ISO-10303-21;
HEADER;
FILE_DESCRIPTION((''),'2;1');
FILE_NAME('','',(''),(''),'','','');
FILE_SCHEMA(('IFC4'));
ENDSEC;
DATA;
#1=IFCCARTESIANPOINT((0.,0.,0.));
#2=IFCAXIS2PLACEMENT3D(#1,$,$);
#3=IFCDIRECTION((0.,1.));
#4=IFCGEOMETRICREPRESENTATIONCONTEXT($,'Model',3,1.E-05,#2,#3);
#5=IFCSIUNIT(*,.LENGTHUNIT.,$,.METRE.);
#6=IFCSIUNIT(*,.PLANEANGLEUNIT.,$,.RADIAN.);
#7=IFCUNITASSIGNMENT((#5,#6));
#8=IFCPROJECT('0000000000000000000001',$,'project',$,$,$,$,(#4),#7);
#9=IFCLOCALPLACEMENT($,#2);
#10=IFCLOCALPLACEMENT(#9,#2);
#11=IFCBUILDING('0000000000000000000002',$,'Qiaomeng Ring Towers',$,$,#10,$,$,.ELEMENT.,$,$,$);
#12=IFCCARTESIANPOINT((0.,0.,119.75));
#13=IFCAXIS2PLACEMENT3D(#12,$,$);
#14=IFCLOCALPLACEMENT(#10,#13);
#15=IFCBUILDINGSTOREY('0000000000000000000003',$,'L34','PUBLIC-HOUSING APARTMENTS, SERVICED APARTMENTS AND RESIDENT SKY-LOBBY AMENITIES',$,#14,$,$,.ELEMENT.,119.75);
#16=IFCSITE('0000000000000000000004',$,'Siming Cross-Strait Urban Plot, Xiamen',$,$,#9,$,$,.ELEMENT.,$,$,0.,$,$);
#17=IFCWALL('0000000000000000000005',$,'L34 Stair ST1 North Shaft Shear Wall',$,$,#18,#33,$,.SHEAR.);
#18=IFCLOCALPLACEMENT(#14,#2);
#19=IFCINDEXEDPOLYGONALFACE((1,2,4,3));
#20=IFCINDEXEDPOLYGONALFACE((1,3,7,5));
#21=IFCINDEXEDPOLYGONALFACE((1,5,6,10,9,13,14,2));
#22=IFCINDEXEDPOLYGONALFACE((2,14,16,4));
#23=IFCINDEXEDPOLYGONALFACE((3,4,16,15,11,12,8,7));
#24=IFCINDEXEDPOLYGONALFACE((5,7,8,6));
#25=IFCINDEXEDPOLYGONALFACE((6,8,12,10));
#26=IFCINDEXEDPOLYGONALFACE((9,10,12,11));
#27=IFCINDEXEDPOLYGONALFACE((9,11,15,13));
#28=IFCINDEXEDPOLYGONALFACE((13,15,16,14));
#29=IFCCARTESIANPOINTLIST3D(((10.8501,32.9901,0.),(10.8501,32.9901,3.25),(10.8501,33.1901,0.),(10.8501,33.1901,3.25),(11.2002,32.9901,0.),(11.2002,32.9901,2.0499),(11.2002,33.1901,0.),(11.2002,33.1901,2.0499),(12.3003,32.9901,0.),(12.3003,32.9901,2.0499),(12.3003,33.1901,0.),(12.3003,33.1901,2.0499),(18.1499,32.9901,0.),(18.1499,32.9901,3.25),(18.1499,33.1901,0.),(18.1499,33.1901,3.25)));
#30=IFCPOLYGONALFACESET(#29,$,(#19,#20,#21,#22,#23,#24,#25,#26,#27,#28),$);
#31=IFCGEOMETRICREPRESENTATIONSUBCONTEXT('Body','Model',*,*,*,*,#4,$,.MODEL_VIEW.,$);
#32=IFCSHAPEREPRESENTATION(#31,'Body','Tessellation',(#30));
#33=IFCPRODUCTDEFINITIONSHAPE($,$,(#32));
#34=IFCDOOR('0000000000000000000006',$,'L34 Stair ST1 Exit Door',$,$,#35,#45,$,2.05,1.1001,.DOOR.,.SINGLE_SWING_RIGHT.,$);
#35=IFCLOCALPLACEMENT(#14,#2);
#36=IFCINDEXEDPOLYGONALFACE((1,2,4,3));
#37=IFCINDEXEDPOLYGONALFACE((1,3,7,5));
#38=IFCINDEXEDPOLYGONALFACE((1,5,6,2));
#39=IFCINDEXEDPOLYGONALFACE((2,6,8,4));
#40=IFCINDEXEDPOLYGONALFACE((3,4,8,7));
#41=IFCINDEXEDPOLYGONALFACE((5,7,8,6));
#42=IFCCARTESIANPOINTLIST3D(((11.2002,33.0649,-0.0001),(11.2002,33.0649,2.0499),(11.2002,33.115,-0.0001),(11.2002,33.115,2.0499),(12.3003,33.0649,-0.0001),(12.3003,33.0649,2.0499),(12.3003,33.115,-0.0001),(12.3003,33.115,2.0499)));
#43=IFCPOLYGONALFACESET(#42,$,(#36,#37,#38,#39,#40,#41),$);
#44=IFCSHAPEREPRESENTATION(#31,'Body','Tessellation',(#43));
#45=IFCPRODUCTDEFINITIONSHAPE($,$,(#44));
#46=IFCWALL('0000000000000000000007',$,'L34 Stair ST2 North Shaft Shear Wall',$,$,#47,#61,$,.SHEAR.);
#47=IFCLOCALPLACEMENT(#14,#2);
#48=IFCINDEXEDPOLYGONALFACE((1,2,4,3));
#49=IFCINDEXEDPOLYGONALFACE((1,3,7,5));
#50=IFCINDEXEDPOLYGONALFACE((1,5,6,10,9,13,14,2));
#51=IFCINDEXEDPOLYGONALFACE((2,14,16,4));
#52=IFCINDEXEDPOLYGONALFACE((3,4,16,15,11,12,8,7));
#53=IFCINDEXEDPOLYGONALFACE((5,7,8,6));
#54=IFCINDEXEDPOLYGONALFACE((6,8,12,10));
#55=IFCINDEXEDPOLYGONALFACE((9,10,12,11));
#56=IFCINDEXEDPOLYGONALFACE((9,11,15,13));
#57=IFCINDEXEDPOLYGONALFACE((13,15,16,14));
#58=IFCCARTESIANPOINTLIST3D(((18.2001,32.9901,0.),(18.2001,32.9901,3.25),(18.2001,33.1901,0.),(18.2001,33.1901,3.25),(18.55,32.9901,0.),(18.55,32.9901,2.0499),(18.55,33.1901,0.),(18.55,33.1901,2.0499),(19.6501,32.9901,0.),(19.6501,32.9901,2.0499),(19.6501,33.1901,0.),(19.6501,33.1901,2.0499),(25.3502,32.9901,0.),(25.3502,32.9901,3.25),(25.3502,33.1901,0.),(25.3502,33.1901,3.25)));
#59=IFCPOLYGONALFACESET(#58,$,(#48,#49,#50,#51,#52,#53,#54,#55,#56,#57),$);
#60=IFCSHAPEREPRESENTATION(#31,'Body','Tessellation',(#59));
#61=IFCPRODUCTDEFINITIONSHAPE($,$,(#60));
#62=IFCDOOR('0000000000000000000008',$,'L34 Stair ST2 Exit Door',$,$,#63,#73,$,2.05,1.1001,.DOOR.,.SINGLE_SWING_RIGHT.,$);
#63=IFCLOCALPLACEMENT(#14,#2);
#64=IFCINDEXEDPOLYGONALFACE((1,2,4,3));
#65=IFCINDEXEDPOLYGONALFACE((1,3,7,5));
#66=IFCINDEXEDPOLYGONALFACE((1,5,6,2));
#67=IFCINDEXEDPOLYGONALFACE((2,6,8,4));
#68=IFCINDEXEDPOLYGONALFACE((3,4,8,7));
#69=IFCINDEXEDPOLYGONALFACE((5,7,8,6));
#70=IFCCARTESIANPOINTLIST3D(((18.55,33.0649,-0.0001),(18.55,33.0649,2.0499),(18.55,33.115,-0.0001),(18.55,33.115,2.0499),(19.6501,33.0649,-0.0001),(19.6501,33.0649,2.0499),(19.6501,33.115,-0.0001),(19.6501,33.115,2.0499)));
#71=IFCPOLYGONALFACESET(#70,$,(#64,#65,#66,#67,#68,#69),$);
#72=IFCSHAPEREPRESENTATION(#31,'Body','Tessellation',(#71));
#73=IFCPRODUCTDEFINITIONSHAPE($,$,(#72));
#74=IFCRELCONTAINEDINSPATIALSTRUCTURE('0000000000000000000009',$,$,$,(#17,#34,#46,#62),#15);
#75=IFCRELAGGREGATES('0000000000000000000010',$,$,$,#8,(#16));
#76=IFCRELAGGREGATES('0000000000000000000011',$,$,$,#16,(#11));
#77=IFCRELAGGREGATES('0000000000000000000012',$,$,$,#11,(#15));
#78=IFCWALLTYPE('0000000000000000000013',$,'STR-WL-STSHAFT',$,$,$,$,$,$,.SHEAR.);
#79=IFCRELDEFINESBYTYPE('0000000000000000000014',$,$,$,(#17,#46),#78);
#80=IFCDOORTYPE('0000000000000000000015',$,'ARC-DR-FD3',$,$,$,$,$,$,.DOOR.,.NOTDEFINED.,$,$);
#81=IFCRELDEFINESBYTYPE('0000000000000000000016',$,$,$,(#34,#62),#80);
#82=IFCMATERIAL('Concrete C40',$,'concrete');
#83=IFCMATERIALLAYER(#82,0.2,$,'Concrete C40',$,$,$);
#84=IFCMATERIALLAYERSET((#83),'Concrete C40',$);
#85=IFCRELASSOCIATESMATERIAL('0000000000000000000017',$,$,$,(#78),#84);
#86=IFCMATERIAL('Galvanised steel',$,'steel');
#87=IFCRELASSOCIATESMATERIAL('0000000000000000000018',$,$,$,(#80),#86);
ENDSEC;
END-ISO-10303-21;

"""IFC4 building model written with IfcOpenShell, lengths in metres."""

from ifc_helpers import new_model, si_unit, direction, frame, frame_2d, origin, place, context, subcontext, project, spatial, rectangle, extrude, source, transform, mapped, material, layer, layer_set, type_object, element, fill, save


model = new_model("IFC4")

# Units and contexts
model_context = context("Model", 3, precision=1e-05, world=origin(), true_north=direction((0.0, 1.0)))
body_context = subcontext(model_context, "Body", "Model", "MODEL_VIEW")
ifc_project = project(units=[si_unit("LENGTHUNIT", "METRE"), si_unit("PLANEANGLEUNIT", "RADIAN")], contexts=[model_context])

# Site, building, storey
site_placement = place(None, origin())
site = spatial("IfcSite", under=ifc_project, at=site_placement, Name="Siming Cross-Strait Urban Plot, Xiamen", CompositionType="ELEMENT", RefElevation=0.0)
building_placement = place(site_placement, origin())
building = spatial("IfcBuilding", under=site, at=building_placement, Name="Qiaomeng Ring Towers", CompositionType="ELEMENT")
storey_placement = place(building_placement, frame((0.0, 0.0, 119.75)))
storey = spatial("IfcBuildingStorey", under=building, at=storey_placement, Name="L34", Description="PUBLIC-HOUSING APARTMENTS, SERVICED APARTMENTS AND RESIDENT SKY-LOBBY AMENITIES", CompositionType="ELEMENT", Elevation=119.75)

# Shared definitions
ifc_material_1 = material(Name="Concrete C40", Category="concrete")
ifc_layer_1 = layer(ifc_material_1, 0.2, Name="Concrete C40")
ifc_layer_set_1 = layer_set([ifc_layer_1], Name="Concrete C40")
wall_type_1 = type_object("IfcWallType", Name="STR-WL-STSHAFT", PredefinedType="SHEAR", material=ifc_layer_set_1)

# Walls, openings, doors
wall_1_placement = place(storey_placement, frame((10.8501, 33.0901, 0.0), z_axis=(0.0, 0.0, 1.0), x_axis=(1.0, 0.0, 0.0)))
wall_1 = element("IfcWall", 1, at=wall_1_placement, inside=storey, type_object=wall_type_1, Name="L34 Stair ST1 North Shaft Shear Wall", PredefinedType="SHEAR", context=body_context, shape_type="SweptSolid", body=[
    extrude(rectangle(XDim=7.2998, YDim=0.2, at=frame_2d((3.6499, 0.0))), origin(), (0.0, 0.0, 1.0), 3.25),
])
opening_1_placement = place(wall_1_placement, frame((0.3501, 0.0, 0.0)))
opening_1 = element("IfcOpeningElement", 2, at=opening_1_placement, cuts=wall_1, PredefinedType="OPENING", context=body_context, shape_type="SweptSolid", body=[
    extrude(rectangle(XDim=1.1001, YDim=2.05, at=frame_2d((0.55, 1.0249))), frame((0.0, 0.1099, 0.0), z_axis=(0.0, -1.0, 0.0), x_axis=(1.0, 0.0, 0.0)), (0.0, 0.0, 1.0), 0.22),
])
ifc_material_2 = material(Name="Galvanised steel", Category="steel")
door_type_1 = type_object("IfcDoorType", Name="ARC-DR-FD3", OperationType="NOTDEFINED", PredefinedType="DOOR", material=ifc_material_2)
shared_shape_1 = source(origin(), body_context, "Body", "SweptSolid", [
    extrude(rectangle(XDim=1.1001, YDim=2.05, at=frame_2d((0.55, 1.0249))), frame((0.0, 0.0249, 0.0), z_axis=(0.0, -1.0, 0.0), x_axis=(1.0, 0.0, 0.0)), (0.0, 0.0, 1.0), 0.05),
])
door_1_placement = place(opening_1_placement, origin())
door_1 = element("IfcDoor", 3, at=door_1_placement, inside=storey, type_object=door_type_1, Name="L34 Stair ST1 Exit Door", OperationType="SINGLE_SWING_RIGHT", OverallHeight=2.05, OverallWidth=1.1001, PredefinedType="DOOR", context=body_context, shape_type="MappedRepresentation", body=[
    mapped(shared_shape_1, transform((0.0, 0.0, 0.0), x_axis=(1.0, 0.0, 0.0), y_axis=(0.0, 1.0, 0.0), z_axis=(0.0, 0.0, 1.0), scale=1.0)),
])
fill(opening_1, door_1)
wall_2_placement = place(storey_placement, frame((18.2, 33.0901, 0.0), z_axis=(0.0, 0.0, 1.0), x_axis=(1.0, 0.0, 0.0)))
wall_2 = element("IfcWall", 4, at=wall_2_placement, inside=storey, type_object=wall_type_1, Name="L34 Stair ST2 North Shaft Shear Wall", PredefinedType="SHEAR", context=body_context, shape_type="SweptSolid", body=[
    extrude(rectangle(XDim=7.1501, YDim=0.2, at=frame_2d((3.5752, 0.0))), origin(), (0.0, 0.0, 1.0), 3.25),
])
opening_2_placement = place(wall_2_placement, frame((0.3501, 0.0, 0.0)))
opening_2 = element("IfcOpeningElement", 5, at=opening_2_placement, cuts=wall_2, PredefinedType="OPENING", context=body_context, shape_type="SweptSolid", body=[
    extrude(rectangle(XDim=1.1001, YDim=2.05, at=frame_2d((0.55, 1.0249))), frame((0.0, 0.1099, 0.0), z_axis=(0.0, -1.0, 0.0), x_axis=(1.0, 0.0, 0.0)), (0.0, 0.0, 1.0), 0.22),
])
door_2_placement = place(opening_2_placement, origin())
door_2 = element("IfcDoor", 6, at=door_2_placement, inside=storey, type_object=door_type_1, Name="L34 Stair ST2 Exit Door", OperationType="SINGLE_SWING_RIGHT", OverallHeight=2.05, OverallWidth=1.1001, PredefinedType="DOOR", context=body_context, shape_type="MappedRepresentation", body=[
    mapped(shared_shape_1, transform((0.0, 0.0, 0.0), x_axis=(1.0, 0.0, 0.0), y_axis=(0.0, 1.0, 0.0), z_axis=(0.0, 0.0, 1.0), scale=1.0)),
])
fill(opening_2, door_2)

save(model, "model.ifc")
